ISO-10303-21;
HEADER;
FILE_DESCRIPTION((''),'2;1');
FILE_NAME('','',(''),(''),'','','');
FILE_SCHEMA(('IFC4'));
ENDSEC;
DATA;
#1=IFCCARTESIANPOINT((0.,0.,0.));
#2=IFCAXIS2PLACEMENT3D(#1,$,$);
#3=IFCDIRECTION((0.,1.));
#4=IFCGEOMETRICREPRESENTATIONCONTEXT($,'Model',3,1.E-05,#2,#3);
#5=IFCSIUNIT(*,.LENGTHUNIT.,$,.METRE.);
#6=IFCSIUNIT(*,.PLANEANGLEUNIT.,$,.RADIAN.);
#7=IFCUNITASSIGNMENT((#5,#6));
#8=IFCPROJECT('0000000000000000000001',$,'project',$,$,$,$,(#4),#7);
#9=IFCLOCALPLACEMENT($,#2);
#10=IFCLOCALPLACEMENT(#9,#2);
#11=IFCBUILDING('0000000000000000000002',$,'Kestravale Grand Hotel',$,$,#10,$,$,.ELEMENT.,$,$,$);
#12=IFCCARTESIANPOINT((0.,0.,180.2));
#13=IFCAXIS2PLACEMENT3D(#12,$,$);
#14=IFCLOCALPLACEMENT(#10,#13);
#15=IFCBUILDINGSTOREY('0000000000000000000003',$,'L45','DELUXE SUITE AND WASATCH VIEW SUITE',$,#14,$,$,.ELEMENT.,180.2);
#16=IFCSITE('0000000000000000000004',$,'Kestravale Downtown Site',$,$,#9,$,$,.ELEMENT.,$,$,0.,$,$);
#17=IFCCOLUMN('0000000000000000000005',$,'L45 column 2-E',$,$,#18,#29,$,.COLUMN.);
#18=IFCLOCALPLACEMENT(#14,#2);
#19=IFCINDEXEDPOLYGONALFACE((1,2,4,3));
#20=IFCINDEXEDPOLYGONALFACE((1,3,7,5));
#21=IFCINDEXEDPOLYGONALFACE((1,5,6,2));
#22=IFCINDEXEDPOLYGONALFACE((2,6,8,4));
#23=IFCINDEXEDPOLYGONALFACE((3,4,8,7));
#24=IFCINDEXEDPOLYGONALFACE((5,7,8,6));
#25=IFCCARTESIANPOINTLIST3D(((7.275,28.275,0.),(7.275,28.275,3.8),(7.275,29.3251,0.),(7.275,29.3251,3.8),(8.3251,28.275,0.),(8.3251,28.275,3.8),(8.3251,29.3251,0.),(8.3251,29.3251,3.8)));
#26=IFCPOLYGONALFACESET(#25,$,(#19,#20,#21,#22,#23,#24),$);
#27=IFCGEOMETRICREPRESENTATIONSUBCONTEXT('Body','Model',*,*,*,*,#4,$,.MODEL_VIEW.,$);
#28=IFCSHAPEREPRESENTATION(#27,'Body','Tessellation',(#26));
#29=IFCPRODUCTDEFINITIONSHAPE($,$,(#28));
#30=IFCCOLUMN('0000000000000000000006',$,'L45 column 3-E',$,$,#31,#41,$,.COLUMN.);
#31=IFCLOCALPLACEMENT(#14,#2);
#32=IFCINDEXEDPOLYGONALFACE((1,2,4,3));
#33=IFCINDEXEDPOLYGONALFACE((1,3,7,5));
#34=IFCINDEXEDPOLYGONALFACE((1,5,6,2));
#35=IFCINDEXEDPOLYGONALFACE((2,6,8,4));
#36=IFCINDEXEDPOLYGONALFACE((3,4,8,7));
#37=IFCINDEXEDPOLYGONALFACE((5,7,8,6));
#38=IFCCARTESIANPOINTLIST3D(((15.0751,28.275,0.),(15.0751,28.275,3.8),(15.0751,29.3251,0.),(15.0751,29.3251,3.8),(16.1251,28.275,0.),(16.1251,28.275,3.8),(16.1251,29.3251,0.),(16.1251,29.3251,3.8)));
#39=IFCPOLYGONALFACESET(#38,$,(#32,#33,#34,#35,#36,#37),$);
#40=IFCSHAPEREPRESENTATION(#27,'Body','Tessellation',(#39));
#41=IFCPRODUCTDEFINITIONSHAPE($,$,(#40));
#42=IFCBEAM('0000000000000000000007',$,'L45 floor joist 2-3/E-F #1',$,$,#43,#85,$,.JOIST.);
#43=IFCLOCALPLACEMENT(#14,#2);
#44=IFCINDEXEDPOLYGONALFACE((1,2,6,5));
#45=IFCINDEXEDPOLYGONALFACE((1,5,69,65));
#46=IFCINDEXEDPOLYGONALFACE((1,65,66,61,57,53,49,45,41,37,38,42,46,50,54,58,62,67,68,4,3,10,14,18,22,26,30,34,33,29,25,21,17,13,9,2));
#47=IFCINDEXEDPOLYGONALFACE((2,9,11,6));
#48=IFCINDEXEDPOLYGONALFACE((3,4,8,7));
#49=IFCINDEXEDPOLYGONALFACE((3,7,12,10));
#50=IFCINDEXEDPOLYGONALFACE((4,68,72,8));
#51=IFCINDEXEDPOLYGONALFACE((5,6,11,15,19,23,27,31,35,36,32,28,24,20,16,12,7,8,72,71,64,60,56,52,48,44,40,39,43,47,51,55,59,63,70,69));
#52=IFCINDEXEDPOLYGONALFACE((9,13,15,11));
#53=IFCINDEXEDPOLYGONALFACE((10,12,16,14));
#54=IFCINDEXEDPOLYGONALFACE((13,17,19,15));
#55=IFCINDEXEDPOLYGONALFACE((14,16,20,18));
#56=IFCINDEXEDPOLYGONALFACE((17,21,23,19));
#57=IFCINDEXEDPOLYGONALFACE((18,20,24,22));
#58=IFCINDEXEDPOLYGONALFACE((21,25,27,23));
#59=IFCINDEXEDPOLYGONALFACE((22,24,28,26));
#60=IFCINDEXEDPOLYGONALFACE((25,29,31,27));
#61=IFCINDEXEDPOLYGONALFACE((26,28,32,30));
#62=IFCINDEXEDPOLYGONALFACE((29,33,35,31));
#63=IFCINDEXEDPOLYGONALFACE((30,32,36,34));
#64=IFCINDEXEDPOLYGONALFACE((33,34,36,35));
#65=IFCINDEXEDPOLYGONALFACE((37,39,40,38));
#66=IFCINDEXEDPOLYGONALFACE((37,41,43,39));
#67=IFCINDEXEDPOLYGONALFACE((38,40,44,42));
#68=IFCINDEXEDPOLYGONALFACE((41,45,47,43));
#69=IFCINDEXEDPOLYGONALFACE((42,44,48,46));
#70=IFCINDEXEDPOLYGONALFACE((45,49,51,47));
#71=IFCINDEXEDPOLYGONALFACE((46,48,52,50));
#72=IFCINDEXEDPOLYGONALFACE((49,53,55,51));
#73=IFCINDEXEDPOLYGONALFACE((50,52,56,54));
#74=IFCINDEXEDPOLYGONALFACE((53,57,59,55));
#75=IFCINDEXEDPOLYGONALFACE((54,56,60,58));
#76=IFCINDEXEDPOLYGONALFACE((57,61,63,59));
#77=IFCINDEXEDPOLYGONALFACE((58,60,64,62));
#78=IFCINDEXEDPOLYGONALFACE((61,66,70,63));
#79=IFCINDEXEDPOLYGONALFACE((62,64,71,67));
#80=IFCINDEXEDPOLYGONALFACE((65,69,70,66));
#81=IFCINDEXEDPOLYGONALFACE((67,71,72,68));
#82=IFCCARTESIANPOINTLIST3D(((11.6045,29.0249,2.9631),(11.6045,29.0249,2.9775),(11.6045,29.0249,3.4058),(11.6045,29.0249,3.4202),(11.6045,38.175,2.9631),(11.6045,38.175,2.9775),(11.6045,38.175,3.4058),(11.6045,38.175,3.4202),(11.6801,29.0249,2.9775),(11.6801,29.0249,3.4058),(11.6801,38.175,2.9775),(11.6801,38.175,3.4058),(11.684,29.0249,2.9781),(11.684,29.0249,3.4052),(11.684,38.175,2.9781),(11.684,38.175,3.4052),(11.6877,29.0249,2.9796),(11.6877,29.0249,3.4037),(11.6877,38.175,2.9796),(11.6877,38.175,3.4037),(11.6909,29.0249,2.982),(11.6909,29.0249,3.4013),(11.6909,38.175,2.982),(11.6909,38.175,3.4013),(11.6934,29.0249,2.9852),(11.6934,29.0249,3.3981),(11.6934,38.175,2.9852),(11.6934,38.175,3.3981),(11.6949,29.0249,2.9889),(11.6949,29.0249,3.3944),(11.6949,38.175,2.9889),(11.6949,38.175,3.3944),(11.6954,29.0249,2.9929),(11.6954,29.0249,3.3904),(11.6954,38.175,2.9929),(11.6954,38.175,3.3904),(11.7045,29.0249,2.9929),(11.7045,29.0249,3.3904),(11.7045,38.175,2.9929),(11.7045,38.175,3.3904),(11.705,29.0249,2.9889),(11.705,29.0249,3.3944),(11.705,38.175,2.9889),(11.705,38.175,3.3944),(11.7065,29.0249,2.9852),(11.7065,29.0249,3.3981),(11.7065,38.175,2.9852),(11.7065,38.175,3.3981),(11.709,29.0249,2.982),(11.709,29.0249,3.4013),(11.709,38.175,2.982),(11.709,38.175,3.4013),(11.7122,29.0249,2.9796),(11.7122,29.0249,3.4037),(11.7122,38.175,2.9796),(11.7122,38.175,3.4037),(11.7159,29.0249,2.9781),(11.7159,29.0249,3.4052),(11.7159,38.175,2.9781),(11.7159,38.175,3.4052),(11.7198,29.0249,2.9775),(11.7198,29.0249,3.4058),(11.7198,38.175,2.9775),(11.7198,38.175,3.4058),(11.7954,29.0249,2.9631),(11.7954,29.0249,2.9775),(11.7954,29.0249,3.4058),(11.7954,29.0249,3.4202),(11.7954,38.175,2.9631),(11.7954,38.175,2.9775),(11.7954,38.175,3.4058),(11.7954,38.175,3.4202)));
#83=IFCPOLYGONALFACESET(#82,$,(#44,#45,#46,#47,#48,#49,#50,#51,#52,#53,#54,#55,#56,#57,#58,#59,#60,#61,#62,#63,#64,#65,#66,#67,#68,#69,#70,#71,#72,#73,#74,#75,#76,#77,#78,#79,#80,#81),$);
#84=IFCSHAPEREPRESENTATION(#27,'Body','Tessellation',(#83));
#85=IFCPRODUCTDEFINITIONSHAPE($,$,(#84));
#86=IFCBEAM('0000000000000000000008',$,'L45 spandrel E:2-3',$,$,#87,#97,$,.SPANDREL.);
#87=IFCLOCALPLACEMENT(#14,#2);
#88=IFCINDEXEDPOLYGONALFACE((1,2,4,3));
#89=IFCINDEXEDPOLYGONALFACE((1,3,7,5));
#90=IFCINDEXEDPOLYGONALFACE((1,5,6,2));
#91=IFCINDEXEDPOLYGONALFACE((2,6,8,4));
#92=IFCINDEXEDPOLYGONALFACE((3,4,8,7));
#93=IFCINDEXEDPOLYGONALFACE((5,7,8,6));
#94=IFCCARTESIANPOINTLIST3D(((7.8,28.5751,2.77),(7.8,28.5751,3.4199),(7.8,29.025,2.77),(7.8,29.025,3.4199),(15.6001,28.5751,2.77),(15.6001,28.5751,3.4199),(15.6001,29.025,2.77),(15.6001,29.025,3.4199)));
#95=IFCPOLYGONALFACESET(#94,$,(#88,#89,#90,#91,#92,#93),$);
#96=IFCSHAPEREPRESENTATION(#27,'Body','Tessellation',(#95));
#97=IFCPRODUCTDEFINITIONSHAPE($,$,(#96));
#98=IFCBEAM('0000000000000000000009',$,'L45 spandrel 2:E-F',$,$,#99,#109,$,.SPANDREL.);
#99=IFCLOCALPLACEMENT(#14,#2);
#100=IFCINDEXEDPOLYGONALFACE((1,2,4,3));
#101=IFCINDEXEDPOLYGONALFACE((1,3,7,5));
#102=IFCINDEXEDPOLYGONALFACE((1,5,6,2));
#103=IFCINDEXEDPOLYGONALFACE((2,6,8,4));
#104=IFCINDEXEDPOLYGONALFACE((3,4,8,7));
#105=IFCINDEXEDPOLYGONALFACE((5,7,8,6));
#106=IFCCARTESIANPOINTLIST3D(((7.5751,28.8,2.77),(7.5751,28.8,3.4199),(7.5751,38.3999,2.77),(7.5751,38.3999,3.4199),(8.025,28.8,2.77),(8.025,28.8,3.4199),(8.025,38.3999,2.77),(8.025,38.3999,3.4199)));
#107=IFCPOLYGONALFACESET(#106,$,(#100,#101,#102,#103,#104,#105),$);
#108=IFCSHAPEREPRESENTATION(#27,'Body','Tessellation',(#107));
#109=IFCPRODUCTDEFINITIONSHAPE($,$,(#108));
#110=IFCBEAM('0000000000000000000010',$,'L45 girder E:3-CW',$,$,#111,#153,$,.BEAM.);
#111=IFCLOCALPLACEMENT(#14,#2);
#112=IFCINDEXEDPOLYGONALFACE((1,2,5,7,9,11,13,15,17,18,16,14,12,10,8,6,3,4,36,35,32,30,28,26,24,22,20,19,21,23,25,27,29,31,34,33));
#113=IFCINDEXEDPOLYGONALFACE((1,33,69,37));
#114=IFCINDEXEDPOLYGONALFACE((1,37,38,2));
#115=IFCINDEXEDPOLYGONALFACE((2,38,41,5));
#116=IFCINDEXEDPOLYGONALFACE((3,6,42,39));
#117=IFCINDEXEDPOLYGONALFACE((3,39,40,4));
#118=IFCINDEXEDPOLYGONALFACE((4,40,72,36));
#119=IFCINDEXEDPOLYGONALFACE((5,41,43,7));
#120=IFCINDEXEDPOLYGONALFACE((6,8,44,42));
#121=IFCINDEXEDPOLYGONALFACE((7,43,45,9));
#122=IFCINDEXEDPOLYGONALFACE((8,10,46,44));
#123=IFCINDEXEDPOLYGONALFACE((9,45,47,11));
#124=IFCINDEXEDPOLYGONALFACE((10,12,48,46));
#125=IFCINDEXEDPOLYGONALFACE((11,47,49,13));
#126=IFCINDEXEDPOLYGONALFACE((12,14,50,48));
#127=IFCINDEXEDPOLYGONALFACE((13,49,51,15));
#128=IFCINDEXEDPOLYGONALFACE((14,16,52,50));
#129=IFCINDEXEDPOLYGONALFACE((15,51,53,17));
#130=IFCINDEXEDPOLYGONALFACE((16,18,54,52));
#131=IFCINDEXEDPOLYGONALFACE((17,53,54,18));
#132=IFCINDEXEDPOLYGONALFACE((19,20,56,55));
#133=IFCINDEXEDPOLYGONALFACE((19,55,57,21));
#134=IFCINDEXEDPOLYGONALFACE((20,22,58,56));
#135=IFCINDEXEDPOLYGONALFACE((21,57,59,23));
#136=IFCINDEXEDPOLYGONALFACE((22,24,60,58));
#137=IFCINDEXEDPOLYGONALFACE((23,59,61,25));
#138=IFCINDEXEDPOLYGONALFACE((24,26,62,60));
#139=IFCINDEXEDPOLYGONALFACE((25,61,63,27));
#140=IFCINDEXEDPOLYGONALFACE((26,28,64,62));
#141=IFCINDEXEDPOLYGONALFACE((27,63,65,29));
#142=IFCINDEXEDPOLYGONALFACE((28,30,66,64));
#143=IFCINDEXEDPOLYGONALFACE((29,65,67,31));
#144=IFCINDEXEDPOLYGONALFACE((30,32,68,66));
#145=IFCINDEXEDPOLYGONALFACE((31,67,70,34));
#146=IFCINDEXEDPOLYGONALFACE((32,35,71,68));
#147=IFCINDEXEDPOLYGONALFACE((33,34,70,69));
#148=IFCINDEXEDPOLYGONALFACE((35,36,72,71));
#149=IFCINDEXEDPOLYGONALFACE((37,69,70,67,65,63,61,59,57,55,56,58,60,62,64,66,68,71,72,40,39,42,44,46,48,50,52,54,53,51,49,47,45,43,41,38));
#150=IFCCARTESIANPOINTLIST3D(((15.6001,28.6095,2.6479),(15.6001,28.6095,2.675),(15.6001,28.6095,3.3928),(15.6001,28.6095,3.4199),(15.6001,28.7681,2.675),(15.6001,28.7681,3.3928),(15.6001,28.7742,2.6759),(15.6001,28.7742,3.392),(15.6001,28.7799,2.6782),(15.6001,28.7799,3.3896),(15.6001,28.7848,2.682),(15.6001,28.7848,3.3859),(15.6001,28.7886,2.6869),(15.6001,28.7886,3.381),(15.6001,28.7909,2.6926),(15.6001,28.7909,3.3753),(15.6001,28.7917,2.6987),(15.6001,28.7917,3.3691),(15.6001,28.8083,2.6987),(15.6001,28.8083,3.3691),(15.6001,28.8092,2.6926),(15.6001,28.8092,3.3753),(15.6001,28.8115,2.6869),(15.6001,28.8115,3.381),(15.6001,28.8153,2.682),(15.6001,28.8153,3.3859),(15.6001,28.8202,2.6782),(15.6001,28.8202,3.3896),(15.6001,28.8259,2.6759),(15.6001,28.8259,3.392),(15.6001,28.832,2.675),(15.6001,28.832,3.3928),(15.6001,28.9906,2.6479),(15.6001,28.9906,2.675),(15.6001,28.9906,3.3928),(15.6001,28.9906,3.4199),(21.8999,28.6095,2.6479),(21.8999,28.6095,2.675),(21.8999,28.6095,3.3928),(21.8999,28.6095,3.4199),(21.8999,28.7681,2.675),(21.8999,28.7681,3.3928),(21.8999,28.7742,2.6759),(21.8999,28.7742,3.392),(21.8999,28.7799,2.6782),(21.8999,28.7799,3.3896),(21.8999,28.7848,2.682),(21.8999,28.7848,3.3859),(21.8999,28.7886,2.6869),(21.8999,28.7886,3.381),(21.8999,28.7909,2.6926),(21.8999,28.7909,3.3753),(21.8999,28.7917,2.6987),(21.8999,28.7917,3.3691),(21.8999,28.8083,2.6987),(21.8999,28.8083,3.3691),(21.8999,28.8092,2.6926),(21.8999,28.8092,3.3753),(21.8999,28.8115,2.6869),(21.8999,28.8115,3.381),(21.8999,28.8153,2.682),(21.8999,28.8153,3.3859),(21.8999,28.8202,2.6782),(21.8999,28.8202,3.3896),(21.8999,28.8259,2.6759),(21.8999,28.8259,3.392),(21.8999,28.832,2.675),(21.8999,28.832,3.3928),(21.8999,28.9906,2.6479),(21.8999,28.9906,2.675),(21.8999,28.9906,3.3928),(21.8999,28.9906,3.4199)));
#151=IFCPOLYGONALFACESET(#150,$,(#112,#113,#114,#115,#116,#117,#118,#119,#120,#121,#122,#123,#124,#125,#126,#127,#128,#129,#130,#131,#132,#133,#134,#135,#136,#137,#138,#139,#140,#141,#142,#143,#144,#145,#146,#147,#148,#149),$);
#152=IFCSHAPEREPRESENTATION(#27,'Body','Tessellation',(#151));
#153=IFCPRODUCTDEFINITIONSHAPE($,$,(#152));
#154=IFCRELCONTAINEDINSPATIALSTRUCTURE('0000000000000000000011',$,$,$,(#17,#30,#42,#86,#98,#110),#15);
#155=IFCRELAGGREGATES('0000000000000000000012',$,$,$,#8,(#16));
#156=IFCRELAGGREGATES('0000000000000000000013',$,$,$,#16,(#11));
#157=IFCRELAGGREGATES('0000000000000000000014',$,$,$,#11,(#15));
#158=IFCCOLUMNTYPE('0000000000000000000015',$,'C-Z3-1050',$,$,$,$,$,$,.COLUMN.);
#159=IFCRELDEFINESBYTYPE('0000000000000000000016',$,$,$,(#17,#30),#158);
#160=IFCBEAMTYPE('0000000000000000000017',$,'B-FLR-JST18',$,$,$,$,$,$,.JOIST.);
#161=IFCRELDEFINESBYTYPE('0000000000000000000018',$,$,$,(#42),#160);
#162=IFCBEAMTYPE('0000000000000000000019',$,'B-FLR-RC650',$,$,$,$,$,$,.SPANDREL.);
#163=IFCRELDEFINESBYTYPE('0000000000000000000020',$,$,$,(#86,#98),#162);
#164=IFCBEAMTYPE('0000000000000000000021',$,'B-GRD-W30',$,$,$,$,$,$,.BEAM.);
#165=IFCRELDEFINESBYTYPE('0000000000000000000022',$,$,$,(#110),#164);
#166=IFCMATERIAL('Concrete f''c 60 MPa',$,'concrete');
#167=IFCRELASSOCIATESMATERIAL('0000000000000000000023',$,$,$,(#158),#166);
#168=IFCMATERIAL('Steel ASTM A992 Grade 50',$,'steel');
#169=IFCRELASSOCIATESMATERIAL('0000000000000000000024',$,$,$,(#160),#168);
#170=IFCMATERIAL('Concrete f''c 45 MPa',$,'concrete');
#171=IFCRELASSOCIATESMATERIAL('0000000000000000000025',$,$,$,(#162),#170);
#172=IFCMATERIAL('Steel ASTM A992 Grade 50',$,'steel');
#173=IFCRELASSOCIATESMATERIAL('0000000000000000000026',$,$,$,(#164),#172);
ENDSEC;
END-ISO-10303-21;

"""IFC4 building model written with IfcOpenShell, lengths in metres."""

from ifc_helpers import new_model, si_unit, direction, frame, origin, origin_2d, place, context, subcontext, project, spatial, rectangle, i_section, extrude, material, material_profile, profile_set, type_object, element, save


model = new_model("IFC4")

# Units and contexts
model_context = context("Model", 3, precision=1e-05, world=origin(), true_north=direction((0.0, 1.0)))
body_context = subcontext(model_context, "Body", "Model", "MODEL_VIEW")
ifc_project = project(units=[si_unit("LENGTHUNIT", "METRE"), si_unit("PLANEANGLEUNIT", "RADIAN")], contexts=[model_context])

# Site, building, storey
site_placement = place(None, origin())
site = spatial("IfcSite", under=ifc_project, at=site_placement, Name="Kestravale Downtown Site", CompositionType="ELEMENT", RefElevation=0.0)
building_placement = place(site_placement, origin())
building = spatial("IfcBuilding", under=site, at=building_placement, Name="Kestravale Grand Hotel", CompositionType="ELEMENT")
storey_placement = place(building_placement, frame((0.0, 0.0, 180.2)))
storey = spatial("IfcBuildingStorey", under=building, at=storey_placement, Name="L45", Description="DELUXE SUITE AND WASATCH VIEW SUITE", CompositionType="ELEMENT", Elevation=180.2)

# Columns
ifc_material_1 = material(Name="Concrete f'c 60 MPa", Category="concrete")
ifc_material_profile_1 = material_profile(ifc_material_1, rectangle(XDim=1.05, YDim=1.05, at=origin_2d()))
ifc_profile_set_1 = profile_set([ifc_material_profile_1], Name="Concrete f'c 60 MPa")
column_type = type_object("IfcColumnType", Name="C-Z3-1050", PredefinedType="COLUMN", material=ifc_profile_set_1)
for number, where, z_axis, x_axis, name in (
    (1, (7.8, 28.8, 0.0), (0.0, 0.0, 1.0), (1.0, 0.0, 0.0), "L45 column 2-E"),
    (2, (15.6001, 28.8, 0.0), (0.0, 0.0, 1.0), (1.0, 0.0, 0.0), "L45 column 3-E"),
):
    element("IfcColumn", number, at=place(storey_placement, frame(where, z_axis=z_axis, x_axis=x_axis)), inside=storey, type_object=column_type, Name=name, PredefinedType="COLUMN", context=body_context, shape_type="SweptSolid", body=[
        extrude(rectangle(XDim=1.05, YDim=1.05, at=origin_2d()), origin(), (0.0, 0.0, 1.0), 3.8),
    ])

# Beams
ifc_material_2 = material(Name="Steel ASTM A992 Grade 50", Category="steel")
ifc_material_profile_2 = material_profile(ifc_material_2, i_section(OverallWidth=0.1909, OverallDepth=0.457, WebThickness=0.009, FlangeThickness=0.0144, FilletRadius=0.0154, at=origin_2d()))
ifc_profile_set_2 = profile_set([ifc_material_profile_2], Name="Steel ASTM A992 Grade 50")
beam_type_1 = type_object("IfcBeamType", Name="B-FLR-JST18", PredefinedType="JOIST", material=ifc_profile_set_2)
beam_1_placement = place(storey_placement, frame((11.7, 29.0249, 3.1917), z_axis=(0.0, 1.0, 0.0), x_axis=(-1.0, 0.0, 0.0)))
element("IfcBeam", 3, at=beam_1_placement, inside=storey, type_object=beam_type_1, Name="L45 floor joist 2-3/E-F #1", PredefinedType="JOIST", context=body_context, shape_type="SweptSolid", body=[
    extrude(i_section(OverallWidth=0.1909, OverallDepth=0.457, WebThickness=0.009, FlangeThickness=0.0144, FilletRadius=0.0154, at=origin_2d()), origin(), (0.0, 0.0, 1.0), 9.1501),
])
ifc_material_3 = material(Name="Concrete f'c 45 MPa", Category="concrete")
ifc_material_profile_3 = material_profile(ifc_material_3, rectangle(XDim=0.45, YDim=0.6499, at=origin_2d()))
ifc_profile_set_3 = profile_set([ifc_material_profile_3], Name="Concrete f'c 45 MPa")
beam_type_2 = type_object("IfcBeamType", Name="B-FLR-RC650", PredefinedType="SPANDREL", material=ifc_profile_set_3)
beam_2_placement = place(storey_placement, frame((7.8, 28.8, 3.095), z_axis=(1.0, 0.0, 0.0), x_axis=(0.0, 1.0, 0.0)))
element("IfcBeam", 4, at=beam_2_placement, inside=storey, type_object=beam_type_2, Name="L45 spandrel E:2-3", PredefinedType="SPANDREL", context=body_context, shape_type="SweptSolid", body=[
    extrude(rectangle(XDim=0.45, YDim=0.6499, at=origin_2d()), origin(), (0.0, 0.0, 1.0), 7.8),
])
beam_3_placement = place(storey_placement, frame((7.8, 28.8, 3.095), z_axis=(0.0, 1.0, 0.0), x_axis=(-1.0, 0.0, 0.0)))
element("IfcBeam", 5, at=beam_3_placement, inside=storey, type_object=beam_type_2, Name="L45 spandrel 2:E-F", PredefinedType="SPANDREL", context=body_context, shape_type="SweptSolid", body=[
    extrude(rectangle(XDim=0.45, YDim=0.6499, at=origin_2d()), origin(), (0.0, 0.0, 1.0), 9.5999),
])
ifc_material_4 = material(Name="Steel ASTM A992 Grade 50", Category="steel")
ifc_material_profile_4 = material_profile(ifc_material_4, i_section(OverallWidth=0.3811, OverallDepth=0.772, WebThickness=0.0166, FlangeThickness=0.0271, FilletRadius=0.0237, at=origin_2d()))
ifc_profile_set_4 = profile_set([ifc_material_profile_4], Name="Steel ASTM A992 Grade 50")
beam_type_3 = type_object("IfcBeamType", Name="B-GRD-W30", PredefinedType="BEAM", material=ifc_profile_set_4)
beam_4_placement = place(storey_placement, frame((15.6001, 28.8, 3.0339), z_axis=(1.0, 0.0, 0.0), x_axis=(0.0, 1.0, 0.0)))
element("IfcBeam", 6, at=beam_4_placement, inside=storey, type_object=beam_type_3, Name="L45 girder E:3-CW", PredefinedType="BEAM", context=body_context, shape_type="SweptSolid", body=[
    extrude(i_section(OverallWidth=0.3811, OverallDepth=0.772, WebThickness=0.0166, FlangeThickness=0.0271, FilletRadius=0.0237, at=origin_2d()), origin(), (0.0, 0.0, 1.0), 6.2998),
])

save(model, "model.ifc")
